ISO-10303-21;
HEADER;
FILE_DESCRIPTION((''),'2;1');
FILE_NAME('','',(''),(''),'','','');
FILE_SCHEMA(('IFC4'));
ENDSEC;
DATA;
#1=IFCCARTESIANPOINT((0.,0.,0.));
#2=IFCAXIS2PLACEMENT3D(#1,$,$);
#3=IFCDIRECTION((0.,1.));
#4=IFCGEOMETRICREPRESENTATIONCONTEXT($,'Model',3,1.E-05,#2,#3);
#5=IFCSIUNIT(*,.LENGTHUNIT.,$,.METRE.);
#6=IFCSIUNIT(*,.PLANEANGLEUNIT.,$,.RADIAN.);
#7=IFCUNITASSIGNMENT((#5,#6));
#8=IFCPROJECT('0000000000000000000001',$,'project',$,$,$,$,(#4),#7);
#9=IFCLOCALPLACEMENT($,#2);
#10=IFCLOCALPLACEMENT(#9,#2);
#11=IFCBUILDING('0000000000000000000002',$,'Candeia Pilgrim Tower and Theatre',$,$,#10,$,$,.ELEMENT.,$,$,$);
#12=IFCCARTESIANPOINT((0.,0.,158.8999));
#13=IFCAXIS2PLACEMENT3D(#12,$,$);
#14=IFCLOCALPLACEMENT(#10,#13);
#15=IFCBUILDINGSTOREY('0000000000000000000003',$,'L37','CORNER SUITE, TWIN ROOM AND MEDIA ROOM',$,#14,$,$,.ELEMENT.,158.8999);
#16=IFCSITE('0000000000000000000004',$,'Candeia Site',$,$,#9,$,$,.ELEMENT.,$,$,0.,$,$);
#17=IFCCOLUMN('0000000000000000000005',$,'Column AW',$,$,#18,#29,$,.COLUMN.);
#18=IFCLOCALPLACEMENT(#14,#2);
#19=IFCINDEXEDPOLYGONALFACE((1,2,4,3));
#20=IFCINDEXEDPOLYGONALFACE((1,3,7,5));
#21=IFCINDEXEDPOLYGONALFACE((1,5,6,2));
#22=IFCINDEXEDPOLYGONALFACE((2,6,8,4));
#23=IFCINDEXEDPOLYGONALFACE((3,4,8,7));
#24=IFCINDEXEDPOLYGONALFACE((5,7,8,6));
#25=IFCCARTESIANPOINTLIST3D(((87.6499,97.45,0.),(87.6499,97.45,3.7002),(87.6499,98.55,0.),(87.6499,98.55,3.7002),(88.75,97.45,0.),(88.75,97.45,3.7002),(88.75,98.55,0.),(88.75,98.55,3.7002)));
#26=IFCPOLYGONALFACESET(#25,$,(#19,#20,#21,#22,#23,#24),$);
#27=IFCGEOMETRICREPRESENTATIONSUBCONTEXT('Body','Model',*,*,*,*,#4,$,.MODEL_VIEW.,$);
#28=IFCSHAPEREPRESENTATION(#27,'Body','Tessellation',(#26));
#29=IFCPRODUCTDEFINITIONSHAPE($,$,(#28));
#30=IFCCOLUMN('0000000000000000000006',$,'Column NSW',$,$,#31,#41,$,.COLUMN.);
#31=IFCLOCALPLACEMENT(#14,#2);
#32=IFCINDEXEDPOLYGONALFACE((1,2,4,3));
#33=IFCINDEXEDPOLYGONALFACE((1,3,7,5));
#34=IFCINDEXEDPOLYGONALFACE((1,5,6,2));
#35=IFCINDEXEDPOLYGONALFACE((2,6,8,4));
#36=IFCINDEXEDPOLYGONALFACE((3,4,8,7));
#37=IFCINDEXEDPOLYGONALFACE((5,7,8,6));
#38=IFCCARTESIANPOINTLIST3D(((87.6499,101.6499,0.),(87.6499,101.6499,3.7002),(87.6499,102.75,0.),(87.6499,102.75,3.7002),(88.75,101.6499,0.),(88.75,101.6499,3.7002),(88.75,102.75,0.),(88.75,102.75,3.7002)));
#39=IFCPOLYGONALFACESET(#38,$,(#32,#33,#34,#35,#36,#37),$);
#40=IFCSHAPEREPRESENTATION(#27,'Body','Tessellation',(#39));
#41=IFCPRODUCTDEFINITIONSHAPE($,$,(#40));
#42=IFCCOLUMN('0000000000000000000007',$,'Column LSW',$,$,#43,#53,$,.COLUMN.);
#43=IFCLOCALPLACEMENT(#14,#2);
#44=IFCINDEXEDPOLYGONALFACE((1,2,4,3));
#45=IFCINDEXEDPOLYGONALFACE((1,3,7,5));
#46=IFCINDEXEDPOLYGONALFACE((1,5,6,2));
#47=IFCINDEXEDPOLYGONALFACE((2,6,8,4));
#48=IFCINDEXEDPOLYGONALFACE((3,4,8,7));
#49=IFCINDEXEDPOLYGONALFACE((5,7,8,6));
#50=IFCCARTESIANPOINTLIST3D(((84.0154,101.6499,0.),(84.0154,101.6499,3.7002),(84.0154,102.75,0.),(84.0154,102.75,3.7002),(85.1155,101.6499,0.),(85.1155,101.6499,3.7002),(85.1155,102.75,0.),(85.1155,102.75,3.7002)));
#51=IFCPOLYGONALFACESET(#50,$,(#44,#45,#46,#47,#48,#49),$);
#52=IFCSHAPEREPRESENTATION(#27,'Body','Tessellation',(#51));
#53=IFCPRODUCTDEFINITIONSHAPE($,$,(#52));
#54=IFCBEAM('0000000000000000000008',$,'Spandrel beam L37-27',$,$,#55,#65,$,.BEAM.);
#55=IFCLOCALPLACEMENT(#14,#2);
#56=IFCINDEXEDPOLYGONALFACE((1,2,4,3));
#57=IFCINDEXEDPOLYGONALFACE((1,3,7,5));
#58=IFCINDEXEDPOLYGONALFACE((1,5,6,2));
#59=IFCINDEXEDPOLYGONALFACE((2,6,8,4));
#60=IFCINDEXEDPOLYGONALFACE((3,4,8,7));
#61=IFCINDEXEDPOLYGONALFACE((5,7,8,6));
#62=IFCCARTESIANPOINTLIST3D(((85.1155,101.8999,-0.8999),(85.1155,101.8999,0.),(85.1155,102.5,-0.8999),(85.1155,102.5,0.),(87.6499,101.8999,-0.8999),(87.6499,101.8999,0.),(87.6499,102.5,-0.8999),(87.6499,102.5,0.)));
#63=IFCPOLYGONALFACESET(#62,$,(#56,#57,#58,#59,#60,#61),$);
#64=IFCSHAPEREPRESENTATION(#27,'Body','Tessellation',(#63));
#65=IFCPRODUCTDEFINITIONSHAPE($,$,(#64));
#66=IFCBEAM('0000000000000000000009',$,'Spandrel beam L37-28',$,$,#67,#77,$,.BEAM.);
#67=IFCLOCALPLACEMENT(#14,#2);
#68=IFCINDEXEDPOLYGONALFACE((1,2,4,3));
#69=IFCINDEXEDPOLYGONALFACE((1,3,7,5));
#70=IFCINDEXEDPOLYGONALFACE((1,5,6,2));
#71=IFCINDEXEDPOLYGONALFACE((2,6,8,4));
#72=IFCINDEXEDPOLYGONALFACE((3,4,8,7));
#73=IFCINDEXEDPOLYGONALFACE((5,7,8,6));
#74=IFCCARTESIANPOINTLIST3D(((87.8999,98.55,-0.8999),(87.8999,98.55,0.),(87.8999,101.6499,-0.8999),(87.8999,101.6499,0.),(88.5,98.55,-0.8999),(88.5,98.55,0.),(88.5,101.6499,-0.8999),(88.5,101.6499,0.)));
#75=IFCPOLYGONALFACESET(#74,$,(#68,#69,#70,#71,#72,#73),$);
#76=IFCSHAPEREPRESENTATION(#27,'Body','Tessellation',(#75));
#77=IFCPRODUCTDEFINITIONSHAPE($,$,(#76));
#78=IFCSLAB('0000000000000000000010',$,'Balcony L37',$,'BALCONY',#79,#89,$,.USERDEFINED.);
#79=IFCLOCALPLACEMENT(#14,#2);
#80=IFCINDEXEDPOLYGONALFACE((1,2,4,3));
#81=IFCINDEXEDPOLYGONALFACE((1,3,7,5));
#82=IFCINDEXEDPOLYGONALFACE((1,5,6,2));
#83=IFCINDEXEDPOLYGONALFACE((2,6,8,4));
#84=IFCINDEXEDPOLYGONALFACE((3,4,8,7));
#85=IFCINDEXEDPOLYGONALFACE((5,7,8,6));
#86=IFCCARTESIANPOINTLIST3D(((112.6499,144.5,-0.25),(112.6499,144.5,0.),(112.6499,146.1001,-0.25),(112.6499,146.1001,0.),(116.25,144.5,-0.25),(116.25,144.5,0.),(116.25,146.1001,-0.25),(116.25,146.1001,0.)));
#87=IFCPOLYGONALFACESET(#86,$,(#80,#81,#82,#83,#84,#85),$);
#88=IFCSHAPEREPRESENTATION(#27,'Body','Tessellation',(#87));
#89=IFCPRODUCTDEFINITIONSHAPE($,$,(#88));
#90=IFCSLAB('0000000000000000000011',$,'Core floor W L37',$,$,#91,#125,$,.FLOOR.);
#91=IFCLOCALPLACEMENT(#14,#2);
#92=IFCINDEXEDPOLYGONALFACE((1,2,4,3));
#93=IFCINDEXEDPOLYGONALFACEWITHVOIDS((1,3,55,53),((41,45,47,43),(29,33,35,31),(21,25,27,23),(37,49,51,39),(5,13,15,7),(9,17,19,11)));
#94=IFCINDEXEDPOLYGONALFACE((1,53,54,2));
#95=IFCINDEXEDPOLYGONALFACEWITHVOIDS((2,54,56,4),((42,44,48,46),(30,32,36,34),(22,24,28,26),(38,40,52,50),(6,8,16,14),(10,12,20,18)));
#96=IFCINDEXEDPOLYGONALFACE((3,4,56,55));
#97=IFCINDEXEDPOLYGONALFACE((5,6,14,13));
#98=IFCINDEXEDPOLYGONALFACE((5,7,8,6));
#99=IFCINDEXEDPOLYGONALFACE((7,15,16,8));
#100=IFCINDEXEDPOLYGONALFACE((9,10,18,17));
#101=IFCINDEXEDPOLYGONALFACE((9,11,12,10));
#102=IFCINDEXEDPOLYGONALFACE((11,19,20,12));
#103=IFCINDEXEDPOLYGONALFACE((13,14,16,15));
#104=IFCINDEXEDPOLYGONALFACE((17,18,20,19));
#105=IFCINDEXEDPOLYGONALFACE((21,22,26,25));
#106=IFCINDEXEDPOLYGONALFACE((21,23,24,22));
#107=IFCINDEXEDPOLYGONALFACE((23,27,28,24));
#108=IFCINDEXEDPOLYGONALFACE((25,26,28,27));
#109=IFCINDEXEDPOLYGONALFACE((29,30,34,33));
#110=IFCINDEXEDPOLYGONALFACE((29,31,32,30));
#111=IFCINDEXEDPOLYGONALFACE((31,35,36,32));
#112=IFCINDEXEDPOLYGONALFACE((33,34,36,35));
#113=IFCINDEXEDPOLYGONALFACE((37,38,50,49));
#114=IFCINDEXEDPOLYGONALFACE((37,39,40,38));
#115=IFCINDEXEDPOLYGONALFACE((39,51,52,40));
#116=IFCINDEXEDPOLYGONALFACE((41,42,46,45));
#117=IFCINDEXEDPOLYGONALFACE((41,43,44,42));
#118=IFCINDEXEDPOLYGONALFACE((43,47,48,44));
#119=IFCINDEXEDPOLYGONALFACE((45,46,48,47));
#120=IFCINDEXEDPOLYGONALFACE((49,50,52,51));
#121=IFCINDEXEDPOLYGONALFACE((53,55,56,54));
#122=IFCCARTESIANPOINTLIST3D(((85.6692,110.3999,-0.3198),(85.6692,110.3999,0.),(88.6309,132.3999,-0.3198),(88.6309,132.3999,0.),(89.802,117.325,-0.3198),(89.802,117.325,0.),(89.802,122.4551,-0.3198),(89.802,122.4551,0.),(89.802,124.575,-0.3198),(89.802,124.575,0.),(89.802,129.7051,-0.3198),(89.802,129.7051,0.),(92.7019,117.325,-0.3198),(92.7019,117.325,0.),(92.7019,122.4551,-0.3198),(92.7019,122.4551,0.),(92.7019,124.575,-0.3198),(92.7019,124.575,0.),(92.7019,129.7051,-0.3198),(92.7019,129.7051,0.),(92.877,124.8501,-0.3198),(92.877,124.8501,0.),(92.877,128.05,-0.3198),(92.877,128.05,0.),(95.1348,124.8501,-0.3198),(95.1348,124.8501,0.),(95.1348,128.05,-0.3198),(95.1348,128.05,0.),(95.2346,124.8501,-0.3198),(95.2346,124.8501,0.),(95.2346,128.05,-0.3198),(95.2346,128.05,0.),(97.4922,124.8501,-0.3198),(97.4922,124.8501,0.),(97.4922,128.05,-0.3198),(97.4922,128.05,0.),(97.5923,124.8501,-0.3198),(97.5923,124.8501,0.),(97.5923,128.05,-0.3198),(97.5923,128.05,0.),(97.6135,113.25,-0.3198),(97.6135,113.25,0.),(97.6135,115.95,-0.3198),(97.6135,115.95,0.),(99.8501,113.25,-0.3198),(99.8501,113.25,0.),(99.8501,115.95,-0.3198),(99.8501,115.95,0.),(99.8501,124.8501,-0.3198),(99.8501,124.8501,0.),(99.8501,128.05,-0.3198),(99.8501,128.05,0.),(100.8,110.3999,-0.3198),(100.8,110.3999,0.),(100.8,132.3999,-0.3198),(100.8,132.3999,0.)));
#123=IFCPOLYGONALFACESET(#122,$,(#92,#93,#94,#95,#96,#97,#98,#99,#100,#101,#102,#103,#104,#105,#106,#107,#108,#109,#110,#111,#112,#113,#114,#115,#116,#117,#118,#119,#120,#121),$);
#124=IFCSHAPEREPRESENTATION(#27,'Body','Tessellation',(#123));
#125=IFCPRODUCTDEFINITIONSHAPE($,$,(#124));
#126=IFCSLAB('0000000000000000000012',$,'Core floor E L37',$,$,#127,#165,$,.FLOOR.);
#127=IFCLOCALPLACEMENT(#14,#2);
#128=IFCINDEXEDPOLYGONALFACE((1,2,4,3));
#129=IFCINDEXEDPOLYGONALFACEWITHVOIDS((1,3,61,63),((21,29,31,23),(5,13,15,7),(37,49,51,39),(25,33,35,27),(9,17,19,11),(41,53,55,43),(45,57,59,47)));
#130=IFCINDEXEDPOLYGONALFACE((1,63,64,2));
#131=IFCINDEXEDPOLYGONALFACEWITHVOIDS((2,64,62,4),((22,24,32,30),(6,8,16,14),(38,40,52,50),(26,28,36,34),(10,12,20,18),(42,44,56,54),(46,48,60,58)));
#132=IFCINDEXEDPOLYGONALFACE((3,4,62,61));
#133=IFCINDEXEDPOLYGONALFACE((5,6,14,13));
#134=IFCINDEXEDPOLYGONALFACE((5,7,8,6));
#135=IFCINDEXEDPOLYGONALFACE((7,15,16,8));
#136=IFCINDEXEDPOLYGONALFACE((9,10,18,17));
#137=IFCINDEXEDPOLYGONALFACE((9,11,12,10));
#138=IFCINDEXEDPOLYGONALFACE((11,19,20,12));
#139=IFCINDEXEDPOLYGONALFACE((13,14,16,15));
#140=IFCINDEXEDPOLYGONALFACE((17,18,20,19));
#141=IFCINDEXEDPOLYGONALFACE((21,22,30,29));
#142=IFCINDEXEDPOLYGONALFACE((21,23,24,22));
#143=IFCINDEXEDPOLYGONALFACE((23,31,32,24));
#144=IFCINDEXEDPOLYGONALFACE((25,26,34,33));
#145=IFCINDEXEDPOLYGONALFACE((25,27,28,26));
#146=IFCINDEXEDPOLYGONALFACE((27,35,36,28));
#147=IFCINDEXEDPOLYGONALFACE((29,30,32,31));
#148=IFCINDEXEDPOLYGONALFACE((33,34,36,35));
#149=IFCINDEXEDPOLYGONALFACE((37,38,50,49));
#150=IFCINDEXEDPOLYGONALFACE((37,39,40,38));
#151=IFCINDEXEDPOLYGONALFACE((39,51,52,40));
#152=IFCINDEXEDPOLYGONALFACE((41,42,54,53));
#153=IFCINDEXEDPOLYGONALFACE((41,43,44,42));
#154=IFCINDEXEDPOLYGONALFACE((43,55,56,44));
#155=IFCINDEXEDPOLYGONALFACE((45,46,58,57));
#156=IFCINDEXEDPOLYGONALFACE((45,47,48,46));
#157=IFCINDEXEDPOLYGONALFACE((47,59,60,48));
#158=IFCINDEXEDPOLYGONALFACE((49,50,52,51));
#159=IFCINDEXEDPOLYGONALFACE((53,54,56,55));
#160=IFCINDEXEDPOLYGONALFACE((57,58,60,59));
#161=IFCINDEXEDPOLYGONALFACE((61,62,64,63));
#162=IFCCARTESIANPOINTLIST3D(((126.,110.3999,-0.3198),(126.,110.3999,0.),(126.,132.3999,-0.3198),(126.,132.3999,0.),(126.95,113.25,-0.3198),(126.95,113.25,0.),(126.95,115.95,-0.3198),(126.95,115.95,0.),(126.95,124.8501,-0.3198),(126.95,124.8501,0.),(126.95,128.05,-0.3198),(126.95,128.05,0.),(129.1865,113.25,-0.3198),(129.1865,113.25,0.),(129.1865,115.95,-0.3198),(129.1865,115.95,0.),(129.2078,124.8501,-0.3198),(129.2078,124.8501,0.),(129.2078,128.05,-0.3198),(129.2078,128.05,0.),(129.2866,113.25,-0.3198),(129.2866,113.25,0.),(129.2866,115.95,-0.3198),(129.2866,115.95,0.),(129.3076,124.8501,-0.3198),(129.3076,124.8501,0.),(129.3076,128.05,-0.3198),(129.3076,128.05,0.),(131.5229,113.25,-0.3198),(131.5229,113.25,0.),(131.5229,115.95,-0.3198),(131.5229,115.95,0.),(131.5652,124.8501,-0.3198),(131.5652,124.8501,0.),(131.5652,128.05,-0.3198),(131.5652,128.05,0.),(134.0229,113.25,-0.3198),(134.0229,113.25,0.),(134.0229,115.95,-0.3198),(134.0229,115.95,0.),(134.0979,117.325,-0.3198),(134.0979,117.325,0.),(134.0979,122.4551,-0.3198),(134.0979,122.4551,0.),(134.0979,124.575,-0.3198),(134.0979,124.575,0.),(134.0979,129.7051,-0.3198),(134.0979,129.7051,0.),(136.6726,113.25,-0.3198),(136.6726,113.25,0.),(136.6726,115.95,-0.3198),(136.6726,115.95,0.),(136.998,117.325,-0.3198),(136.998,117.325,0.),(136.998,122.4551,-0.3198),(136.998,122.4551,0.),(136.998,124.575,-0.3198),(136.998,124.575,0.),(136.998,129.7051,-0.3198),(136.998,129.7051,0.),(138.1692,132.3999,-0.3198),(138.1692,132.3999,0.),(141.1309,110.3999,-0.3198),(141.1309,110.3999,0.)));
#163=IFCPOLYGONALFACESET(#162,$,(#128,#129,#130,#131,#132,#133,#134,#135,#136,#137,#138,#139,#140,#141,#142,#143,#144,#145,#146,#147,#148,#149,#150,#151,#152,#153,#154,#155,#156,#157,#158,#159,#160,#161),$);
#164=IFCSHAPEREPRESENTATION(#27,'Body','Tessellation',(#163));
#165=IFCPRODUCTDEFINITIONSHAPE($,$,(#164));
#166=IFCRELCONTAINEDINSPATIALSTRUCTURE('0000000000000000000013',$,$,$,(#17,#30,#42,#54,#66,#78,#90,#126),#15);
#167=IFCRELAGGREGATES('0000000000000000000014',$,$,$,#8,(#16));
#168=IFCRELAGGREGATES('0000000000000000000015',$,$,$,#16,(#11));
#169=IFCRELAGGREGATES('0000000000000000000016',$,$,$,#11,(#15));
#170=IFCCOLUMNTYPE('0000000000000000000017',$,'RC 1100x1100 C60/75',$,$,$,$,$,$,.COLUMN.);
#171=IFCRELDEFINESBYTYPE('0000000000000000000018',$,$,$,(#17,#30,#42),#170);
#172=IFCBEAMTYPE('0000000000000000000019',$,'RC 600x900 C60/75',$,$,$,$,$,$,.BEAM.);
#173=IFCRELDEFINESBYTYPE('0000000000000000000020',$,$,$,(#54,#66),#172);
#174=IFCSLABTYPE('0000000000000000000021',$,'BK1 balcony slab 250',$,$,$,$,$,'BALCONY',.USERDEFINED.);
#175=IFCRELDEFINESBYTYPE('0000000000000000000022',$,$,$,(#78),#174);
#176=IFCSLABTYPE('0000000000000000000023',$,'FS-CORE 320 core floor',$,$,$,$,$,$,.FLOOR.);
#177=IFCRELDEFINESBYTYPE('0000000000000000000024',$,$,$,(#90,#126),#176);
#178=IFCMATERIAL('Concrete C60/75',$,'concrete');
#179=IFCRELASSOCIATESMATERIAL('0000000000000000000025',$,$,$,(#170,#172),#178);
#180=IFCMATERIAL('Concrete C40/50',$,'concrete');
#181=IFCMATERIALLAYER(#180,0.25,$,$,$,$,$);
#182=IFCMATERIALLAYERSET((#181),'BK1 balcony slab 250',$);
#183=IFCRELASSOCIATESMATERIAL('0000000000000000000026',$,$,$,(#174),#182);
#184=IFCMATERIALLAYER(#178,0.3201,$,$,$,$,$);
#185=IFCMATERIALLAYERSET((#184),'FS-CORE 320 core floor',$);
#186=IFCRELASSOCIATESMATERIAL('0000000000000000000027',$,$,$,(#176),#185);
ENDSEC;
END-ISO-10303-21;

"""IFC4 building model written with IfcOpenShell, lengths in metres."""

from ifc_helpers import new_model, si_unit, direction, frame, origin, origin_2d, place, context, subcontext, project, spatial, polyline, rectangle, outline, extrude, material, layer, layer_set, material_profile, profile_set, type_object, element, save


model = new_model("IFC4")

# Units and contexts
model_context = context("Model", 3, precision=1e-05, world=origin(), true_north=direction((0.0, 1.0)))
body_context = subcontext(model_context, "Body", "Model", "MODEL_VIEW")
ifc_project = project(units=[si_unit("LENGTHUNIT", "METRE"), si_unit("PLANEANGLEUNIT", "RADIAN")], contexts=[model_context])

# Site, building, storey
site_placement = place(None, origin())
site = spatial("IfcSite", under=ifc_project, at=site_placement, Name="Candeia Site", CompositionType="ELEMENT", RefElevation=0.0)
building_placement = place(site_placement, origin())
building = spatial("IfcBuilding", under=site, at=building_placement, Name="Candeia Pilgrim Tower and Theatre", CompositionType="ELEMENT")
storey_placement = place(building_placement, frame((0.0, 0.0, 158.8999)))
storey = spatial("IfcBuildingStorey", under=building, at=storey_placement, Name="L37", Description="CORNER SUITE, TWIN ROOM AND MEDIA ROOM", CompositionType="ELEMENT", Elevation=158.8999)

# Columns
ifc_material_1 = material(Name="Concrete C60/75", Category="concrete")
ifc_material_profile_1 = material_profile(ifc_material_1, rectangle(XDim=1.1001, YDim=1.1001, at=origin_2d()))
ifc_profile_set_1 = profile_set([ifc_material_profile_1], Name="Concrete C60/75")
column_type = type_object("IfcColumnType", Name="RC 1100x1100 C60/75", PredefinedType="COLUMN", material=ifc_profile_set_1)
for number, where, z_axis, x_axis, name in (
    (1, (88.2, 98.0, 0.0), (0.0, 0.0, 1.0), (1.0, 0.0, 0.0), "Column AW"),
    (2, (88.2, 102.2, 0.0), (0.0, 0.0, 1.0), (1.0, 0.0, 0.0), "Column NSW"),
    (3, (84.5654, 102.2, 0.0), (0.0, 0.0, 1.0), (1.0, 0.0, 0.0), "Column LSW"),
):
    element("IfcColumn", number, at=place(storey_placement, frame(where, z_axis=z_axis, x_axis=x_axis)), inside=storey, type_object=column_type, Name=name, PredefinedType="COLUMN", context=body_context, shape_type="SweptSolid", body=[
        extrude(rectangle(XDim=1.1001, YDim=1.1001, at=origin_2d()), origin(), (0.0, 0.0, 1.0), 3.7002),
    ])

# Beams
ifc_material_profile_2 = material_profile(ifc_material_1, rectangle(XDim=0.6001, YDim=0.8999, at=origin_2d()))
ifc_profile_set_2 = profile_set([ifc_material_profile_2], Name="Concrete C60/75")
beam_type = type_object("IfcBeamType", Name="RC 600x900 C60/75", PredefinedType="BEAM", material=ifc_profile_set_2)
beam_1_placement = place(storey_placement, frame((85.1155, 102.2, -0.45), z_axis=(1.0, 0.0, 0.0), x_axis=(0.0, 1.0, 0.0)))
element("IfcBeam", 4, at=beam_1_placement, inside=storey, type_object=beam_type, Name="Spandrel beam L37-27", PredefinedType="BEAM", context=body_context, shape_type="SweptSolid", body=[
    extrude(rectangle(XDim=0.6001, YDim=0.8999, at=origin_2d()), origin(), (0.0, 0.0, 1.0), 2.5344),
])
beam_2_placement = place(storey_placement, frame((88.2, 101.6499, -0.45), z_axis=(0.0, -1.0, 0.0), x_axis=(1.0, 0.0, 0.0)))
element("IfcBeam", 5, at=beam_2_placement, inside=storey, type_object=beam_type, Name="Spandrel beam L37-28", PredefinedType="BEAM", context=body_context, shape_type="SweptSolid", body=[
    extrude(rectangle(XDim=0.6001, YDim=0.8999, at=origin_2d()), origin(), (0.0, 0.0, 1.0), 3.0999),
])

# Slabs
ifc_material_2 = material(Name="Concrete C40/50", Category="concrete")
ifc_layer_1 = layer(ifc_material_2, 0.25)
ifc_layer_set_1 = layer_set([ifc_layer_1], Name="BK1 balcony slab 250")
slab_type_1 = type_object("IfcSlabType", Name="BK1 balcony slab 250", ElementType="BALCONY", PredefinedType="USERDEFINED", material=ifc_layer_set_1)
slab_1_placement = place(storey_placement, frame((0.0, 0.0, -0.25)))
element("IfcSlab", 6, at=slab_1_placement, inside=storey, type_object=slab_type_1, Name="Balcony L37", ObjectType="BALCONY", PredefinedType="USERDEFINED", context=body_context, shape_type="SweptSolid", body=[
    extrude(outline(polyline([(112.6499, 144.5), (116.25, 144.5), (116.25, 146.1001), (112.6499, 146.1001), (112.6499, 144.5)])), origin(), (0.0, 0.0, 1.0), 0.25),
])
ifc_layer_2 = layer(ifc_material_1, 0.3201)
ifc_layer_set_2 = layer_set([ifc_layer_2], Name="FS-CORE 320 core floor")
slab_type_2 = type_object("IfcSlabType", Name="FS-CORE 320 core floor", PredefinedType="FLOOR", material=ifc_layer_set_2)
slab_2_placement = place(storey_placement, frame((0.0, 0.0, -0.3198)))
element("IfcSlab", 7, at=slab_2_placement, inside=storey, type_object=slab_type_2, Name="Core floor W L37", PredefinedType="FLOOR", context=body_context, shape_type="SweptSolid", body=[
    extrude(outline(polyline([(100.8, 132.3999), (100.8, 110.3999), (85.6692, 110.3999), (88.6309, 132.3999), (100.8, 132.3999)]), holes=[polyline([(97.5923, 128.05), (97.5923, 124.8501), (99.8501, 124.8501), (99.8501, 128.05), (97.5923, 128.05)]), polyline([(97.6135, 113.25), (99.8501, 113.25), (99.8501, 115.95), (97.6135, 115.95), (97.6135, 113.25)]), polyline([(95.2346, 124.8501), (97.4922, 124.8501), (97.4922, 128.05), (95.2346, 128.05), (95.2346, 124.8501)]), polyline([(92.877, 128.05), (92.877, 124.8501), (95.1348, 124.8501), (95.1348, 128.05), (92.877, 128.05)]), polyline([(89.802, 122.4551), (89.802, 117.325), (92.7019, 117.325), (92.7019, 122.4551), (89.802, 122.4551)]), polyline([(89.802, 129.7051), (89.802, 124.575), (92.7019, 124.575), (92.7019, 129.7051), (89.802, 129.7051)])]), origin(), (0.0, 0.0, 1.0), 0.3198),
])
slab_3_placement = place(storey_placement, frame((0.0, 0.0, -0.3198)))
element("IfcSlab", 8, at=slab_3_placement, inside=storey, type_object=slab_type_2, Name="Core floor E L37", PredefinedType="FLOOR", context=body_context, shape_type="SweptSolid", body=[
    extrude(outline(polyline([(138.1692, 132.3999), (141.1309, 110.3999), (126.0, 110.3999), (126.0, 132.3999), (138.1692, 132.3999)]), holes=[polyline([(134.0979, 122.4551), (134.0979, 117.325), (136.998, 117.325), (136.998, 122.4551), (134.0979, 122.4551)]), polyline([(134.0979, 129.7051), (134.0979, 124.575), (136.998, 124.575), (136.998, 129.7051), (134.0979, 129.7051)]), polyline([(136.6726, 115.95), (134.0229, 115.95), (134.0229, 113.25), (136.6726, 113.25), (136.6726, 115.95)]), polyline([(131.5652, 128.05), (129.3076, 128.05), (129.3076, 124.8501), (131.5652, 124.8501), (131.5652, 128.05)]), polyline([(131.5229, 115.95), (129.2866, 115.95), (129.2866, 113.25), (131.5229, 113.25), (131.5229, 115.95)]), polyline([(129.2078, 128.05), (126.95, 128.05), (126.95, 124.8501), (129.2078, 124.8501), (129.2078, 128.05)]), polyline([(126.95, 115.95), (126.95, 113.25), (129.1865, 113.25), (129.1865, 115.95), (126.95, 115.95)])]), origin(), (0.0, 0.0, 1.0), 0.3198),
])

save(model, "model.ifc")
